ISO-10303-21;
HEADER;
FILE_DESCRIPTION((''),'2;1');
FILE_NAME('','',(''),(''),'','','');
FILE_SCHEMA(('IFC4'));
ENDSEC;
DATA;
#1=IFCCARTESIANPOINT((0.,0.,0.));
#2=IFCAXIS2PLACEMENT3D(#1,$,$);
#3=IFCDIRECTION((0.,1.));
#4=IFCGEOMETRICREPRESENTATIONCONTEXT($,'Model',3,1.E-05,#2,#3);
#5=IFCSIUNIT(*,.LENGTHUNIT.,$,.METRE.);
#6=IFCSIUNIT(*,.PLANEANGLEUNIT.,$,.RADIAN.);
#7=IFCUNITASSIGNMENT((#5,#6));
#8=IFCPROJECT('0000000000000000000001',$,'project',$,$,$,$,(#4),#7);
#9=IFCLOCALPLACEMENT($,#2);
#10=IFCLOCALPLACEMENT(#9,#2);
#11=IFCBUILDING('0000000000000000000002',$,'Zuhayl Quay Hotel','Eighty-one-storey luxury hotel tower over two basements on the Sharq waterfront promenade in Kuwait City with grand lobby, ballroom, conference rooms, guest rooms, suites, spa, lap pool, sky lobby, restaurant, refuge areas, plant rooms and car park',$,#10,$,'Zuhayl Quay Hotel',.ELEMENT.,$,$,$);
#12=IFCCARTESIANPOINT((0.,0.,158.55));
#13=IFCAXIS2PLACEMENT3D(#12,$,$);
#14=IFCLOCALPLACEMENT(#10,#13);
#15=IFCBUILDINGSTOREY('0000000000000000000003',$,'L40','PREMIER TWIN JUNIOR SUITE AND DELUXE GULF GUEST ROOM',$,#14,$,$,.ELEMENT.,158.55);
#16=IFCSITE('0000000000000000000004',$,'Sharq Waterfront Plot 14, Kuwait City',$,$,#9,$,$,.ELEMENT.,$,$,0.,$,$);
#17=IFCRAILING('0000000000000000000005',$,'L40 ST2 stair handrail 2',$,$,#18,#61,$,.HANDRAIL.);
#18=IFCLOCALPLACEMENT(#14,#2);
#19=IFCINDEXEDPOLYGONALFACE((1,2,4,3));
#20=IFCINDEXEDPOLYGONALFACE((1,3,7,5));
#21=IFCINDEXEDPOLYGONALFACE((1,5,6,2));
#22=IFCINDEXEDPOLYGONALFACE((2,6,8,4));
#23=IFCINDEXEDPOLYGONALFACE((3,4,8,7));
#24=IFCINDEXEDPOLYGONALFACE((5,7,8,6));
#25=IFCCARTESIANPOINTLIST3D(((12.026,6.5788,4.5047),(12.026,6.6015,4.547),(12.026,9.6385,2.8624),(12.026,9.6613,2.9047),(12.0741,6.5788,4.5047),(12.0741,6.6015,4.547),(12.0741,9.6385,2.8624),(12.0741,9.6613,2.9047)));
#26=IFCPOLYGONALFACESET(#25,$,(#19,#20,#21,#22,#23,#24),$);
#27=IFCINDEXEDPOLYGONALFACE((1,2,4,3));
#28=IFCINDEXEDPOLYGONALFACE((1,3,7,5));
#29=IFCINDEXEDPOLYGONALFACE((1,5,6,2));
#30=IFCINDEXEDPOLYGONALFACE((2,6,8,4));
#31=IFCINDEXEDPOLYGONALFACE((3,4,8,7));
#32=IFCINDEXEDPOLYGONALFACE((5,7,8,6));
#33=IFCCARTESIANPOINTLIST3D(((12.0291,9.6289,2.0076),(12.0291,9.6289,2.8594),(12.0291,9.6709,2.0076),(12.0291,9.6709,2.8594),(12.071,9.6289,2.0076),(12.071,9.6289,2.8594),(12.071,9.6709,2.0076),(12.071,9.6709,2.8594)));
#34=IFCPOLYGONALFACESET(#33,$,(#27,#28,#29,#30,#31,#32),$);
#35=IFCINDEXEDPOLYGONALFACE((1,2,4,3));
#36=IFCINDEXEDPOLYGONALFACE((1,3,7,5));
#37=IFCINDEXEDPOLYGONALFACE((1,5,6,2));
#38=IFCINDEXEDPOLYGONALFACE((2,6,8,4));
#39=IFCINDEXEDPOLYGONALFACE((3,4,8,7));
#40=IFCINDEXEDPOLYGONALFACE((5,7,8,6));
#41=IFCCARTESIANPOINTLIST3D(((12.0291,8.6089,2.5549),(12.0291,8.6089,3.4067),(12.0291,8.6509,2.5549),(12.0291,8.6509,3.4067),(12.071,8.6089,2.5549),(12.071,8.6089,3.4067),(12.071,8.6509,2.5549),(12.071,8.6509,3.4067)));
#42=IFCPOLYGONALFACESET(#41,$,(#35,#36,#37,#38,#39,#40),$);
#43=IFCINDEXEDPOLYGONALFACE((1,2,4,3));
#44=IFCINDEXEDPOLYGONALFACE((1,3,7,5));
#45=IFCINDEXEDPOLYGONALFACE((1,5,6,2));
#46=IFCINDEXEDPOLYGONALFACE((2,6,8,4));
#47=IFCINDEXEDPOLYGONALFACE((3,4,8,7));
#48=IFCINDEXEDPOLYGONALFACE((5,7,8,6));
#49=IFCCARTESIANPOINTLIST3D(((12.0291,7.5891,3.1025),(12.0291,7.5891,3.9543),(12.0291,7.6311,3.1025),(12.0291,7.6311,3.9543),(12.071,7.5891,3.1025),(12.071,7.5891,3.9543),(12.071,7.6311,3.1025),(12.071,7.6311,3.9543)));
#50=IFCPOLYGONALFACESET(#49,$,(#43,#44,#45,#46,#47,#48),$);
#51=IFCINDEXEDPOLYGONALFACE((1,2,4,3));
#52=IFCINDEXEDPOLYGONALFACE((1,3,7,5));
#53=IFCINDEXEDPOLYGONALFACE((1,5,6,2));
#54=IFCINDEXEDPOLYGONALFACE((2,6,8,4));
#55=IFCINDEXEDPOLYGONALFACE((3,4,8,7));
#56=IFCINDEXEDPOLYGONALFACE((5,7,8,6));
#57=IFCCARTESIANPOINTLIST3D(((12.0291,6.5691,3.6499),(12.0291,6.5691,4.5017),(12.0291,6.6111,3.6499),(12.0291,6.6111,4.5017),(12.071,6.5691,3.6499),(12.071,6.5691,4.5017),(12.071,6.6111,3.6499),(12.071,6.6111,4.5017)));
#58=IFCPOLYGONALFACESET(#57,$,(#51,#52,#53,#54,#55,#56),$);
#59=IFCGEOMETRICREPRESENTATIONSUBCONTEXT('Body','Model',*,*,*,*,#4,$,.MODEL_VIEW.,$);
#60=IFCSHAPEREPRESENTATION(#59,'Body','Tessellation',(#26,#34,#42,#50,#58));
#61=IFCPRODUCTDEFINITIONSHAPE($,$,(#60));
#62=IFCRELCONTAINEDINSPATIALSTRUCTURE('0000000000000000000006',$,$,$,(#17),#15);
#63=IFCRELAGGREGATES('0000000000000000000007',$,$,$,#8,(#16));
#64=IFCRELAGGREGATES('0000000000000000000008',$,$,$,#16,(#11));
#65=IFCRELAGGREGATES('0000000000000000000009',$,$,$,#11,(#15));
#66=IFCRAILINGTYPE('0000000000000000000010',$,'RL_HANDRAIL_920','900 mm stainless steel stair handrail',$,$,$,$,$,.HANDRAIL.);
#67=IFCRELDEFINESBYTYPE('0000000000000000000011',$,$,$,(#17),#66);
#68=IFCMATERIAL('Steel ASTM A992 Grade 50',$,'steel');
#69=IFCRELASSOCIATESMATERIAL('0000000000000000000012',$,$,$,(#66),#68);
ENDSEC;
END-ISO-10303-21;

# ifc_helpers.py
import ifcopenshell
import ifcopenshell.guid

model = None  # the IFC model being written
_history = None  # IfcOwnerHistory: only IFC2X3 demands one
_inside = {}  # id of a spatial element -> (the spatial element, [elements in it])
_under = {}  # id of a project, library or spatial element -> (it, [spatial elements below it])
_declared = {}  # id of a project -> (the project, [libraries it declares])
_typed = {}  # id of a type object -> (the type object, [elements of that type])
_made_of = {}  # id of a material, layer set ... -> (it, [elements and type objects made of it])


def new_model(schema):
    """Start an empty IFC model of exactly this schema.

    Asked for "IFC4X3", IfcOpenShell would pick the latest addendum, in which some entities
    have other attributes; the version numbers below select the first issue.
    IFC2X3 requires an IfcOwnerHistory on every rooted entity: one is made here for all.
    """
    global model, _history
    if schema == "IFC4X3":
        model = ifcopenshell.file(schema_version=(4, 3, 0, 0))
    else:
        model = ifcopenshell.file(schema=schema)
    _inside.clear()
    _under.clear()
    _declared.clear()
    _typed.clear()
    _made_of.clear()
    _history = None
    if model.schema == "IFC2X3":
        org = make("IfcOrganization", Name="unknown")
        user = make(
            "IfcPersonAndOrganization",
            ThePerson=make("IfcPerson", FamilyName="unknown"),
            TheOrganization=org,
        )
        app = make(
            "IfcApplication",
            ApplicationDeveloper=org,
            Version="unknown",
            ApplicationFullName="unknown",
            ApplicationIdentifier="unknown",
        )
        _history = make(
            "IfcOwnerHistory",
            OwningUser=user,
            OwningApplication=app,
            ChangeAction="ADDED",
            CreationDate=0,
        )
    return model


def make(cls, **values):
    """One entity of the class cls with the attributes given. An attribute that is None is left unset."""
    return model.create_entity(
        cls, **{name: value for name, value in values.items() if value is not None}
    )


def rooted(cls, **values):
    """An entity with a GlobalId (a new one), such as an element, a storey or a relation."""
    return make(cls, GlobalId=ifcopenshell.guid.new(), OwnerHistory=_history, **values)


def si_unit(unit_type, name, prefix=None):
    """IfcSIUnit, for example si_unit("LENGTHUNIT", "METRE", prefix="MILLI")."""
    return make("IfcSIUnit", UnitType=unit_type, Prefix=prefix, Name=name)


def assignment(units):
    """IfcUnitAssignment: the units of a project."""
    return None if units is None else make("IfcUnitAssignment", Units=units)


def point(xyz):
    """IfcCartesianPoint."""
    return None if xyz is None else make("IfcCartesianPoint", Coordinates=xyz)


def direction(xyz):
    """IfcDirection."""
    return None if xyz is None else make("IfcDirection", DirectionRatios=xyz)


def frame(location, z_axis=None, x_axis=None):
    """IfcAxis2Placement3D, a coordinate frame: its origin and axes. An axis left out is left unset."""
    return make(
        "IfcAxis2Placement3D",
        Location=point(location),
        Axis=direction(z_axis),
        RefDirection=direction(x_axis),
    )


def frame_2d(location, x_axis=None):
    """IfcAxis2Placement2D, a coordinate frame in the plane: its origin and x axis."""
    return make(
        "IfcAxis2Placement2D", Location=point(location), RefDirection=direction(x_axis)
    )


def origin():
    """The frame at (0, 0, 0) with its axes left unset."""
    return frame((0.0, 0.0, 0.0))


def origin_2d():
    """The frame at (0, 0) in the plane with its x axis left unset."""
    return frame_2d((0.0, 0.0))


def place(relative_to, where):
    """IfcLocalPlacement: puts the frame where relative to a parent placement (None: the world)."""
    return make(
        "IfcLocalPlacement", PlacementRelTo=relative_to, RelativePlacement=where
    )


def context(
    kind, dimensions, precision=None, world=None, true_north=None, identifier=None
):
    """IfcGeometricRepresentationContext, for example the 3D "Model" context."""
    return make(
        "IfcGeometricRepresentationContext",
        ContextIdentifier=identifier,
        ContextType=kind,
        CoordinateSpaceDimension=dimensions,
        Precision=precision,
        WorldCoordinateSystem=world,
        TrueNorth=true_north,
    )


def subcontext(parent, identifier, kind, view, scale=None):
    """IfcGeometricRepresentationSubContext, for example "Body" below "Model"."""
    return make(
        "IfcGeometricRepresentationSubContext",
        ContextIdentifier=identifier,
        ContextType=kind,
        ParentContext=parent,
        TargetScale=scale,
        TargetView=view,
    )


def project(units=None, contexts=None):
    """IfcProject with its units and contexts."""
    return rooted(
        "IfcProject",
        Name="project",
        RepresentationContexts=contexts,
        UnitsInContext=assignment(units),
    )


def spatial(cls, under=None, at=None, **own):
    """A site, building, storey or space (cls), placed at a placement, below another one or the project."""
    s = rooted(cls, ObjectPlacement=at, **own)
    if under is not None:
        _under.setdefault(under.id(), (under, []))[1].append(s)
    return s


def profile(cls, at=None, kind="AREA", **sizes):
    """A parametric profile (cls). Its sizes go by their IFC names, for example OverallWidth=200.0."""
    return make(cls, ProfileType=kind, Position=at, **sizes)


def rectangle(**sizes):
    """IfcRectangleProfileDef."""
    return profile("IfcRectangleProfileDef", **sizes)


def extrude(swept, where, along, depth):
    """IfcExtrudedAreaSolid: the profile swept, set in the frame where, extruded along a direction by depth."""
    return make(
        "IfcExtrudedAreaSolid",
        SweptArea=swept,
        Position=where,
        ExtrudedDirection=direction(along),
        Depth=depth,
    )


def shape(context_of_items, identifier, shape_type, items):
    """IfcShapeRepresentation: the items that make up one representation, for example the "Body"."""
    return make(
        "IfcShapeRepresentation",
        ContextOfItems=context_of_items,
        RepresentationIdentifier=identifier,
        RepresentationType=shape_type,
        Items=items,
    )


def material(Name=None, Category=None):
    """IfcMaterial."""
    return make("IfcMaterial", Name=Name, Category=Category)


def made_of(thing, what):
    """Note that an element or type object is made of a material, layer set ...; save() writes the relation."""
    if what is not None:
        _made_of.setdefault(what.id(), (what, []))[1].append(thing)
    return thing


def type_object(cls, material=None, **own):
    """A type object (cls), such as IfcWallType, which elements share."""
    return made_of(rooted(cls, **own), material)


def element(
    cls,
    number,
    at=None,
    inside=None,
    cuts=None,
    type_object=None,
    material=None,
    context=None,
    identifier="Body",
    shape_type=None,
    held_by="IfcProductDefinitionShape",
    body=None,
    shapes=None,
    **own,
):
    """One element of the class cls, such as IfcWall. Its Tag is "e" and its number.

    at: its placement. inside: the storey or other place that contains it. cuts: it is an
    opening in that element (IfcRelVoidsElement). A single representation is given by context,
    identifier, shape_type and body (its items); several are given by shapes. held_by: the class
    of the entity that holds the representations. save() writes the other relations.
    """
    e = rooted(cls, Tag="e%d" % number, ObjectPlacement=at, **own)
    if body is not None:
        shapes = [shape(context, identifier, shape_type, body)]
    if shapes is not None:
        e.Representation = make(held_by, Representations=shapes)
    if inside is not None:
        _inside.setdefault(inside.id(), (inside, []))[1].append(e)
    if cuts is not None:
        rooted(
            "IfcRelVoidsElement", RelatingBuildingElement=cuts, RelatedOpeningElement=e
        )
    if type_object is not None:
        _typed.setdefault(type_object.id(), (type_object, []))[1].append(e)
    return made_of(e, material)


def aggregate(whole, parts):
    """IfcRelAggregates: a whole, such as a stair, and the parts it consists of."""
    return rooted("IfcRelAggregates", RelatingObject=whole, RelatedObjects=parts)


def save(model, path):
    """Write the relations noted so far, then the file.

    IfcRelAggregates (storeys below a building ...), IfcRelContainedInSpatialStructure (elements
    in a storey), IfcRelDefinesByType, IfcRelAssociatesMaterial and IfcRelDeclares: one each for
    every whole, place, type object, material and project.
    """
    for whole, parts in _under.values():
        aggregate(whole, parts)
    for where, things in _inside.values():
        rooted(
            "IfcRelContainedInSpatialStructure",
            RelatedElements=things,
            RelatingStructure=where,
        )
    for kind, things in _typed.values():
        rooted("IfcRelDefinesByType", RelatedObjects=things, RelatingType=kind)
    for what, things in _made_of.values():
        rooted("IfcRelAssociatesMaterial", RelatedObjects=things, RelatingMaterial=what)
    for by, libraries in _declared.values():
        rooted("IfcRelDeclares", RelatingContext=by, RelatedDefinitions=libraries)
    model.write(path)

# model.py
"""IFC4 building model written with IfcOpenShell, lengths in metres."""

from ifc_helpers import new_model, si_unit, direction, frame, origin, origin_2d, place, context, subcontext, project, spatial, rectangle, extrude, material, type_object, element, save


model = new_model("IFC4")

# Units and contexts
model_context = context("Model", 3, precision=1e-05, world=origin(), true_north=direction((0.0, 1.0)))
body_context = subcontext(model_context, "Body", "Model", "MODEL_VIEW")
ifc_project = project(units=[si_unit("LENGTHUNIT", "METRE"), si_unit("PLANEANGLEUNIT", "RADIAN")], contexts=[model_context])

# Site, building, storey
site_placement = place(None, origin())
site = spatial("IfcSite", under=ifc_project, at=site_placement, Name="Sharq Waterfront Plot 14, Kuwait City", CompositionType="ELEMENT", RefElevation=0.0)
building_placement = place(site_placement, origin())
building = spatial("IfcBuilding", under=site, at=building_placement, Name="Zuhayl Quay Hotel", Description="Eighty-one-storey luxury hotel tower over two basements on the Sharq waterfront promenade in Kuwait City with grand lobby, ballroom, conference rooms, guest rooms, suites, spa, lap pool, sky lobby, restaurant, refuge areas, plant rooms and car park", LongName="Zuhayl Quay Hotel", CompositionType="ELEMENT")
storey_placement = place(building_placement, frame((0.0, 0.0, 158.55)))
storey = spatial("IfcBuildingStorey", under=building, at=storey_placement, Name="L40", Description="PREMIER TWIN JUNIOR SUITE AND DELUXE GULF GUEST ROOM", CompositionType="ELEMENT", Elevation=158.55)

# Shared definitions
ifc_material_1 = material(Name="Steel ASTM A992 Grade 50", Category="steel")

# Railing
railing_type_1 = type_object("IfcRailingType", Name="RL_HANDRAIL_920", Description="900 mm stainless steel stair handrail", PredefinedType="HANDRAIL", material=ifc_material_1)
railing_1_placement = place(storey_placement, frame((12.05, 9.6499, 2.0076)))
element("IfcRailing", 1, at=railing_1_placement, inside=storey, type_object=railing_type_1, Name="L40 ST2 stair handrail 2", PredefinedType="HANDRAIL", context=body_context, shape_type="SweptSolid", body=[
    extrude(rectangle(XDim=0.0481, YDim=0.0481, at=origin_2d()), frame((0.0, 0.0, 0.876), z_axis=(0.0, -0.881102, 0.472926), x_axis=(1.0, 0.0, 0.0)), (0.0, 0.0, 1.0), 3.4727),
    extrude(rectangle(XDim=0.042, YDim=0.042, at=origin_2d()), origin(), (0.0, 0.0, 1.0), 0.8518),
    extrude(rectangle(XDim=0.042, YDim=0.042, at=origin_2d()), frame((0.0, -1.02, 0.5474)), (0.0, 0.0, 1.0), 0.8518),
    extrude(rectangle(XDim=0.042, YDim=0.042, at=origin_2d()), frame((0.0, -2.0398, 1.095)), (0.0, 0.0, 1.0), 0.8518),
    extrude(rectangle(XDim=0.042, YDim=0.042, at=origin_2d()), frame((0.0, -3.0598, 1.6423)), (0.0, 0.0, 1.0), 0.8518),
])

save(model, "model.ifc")
